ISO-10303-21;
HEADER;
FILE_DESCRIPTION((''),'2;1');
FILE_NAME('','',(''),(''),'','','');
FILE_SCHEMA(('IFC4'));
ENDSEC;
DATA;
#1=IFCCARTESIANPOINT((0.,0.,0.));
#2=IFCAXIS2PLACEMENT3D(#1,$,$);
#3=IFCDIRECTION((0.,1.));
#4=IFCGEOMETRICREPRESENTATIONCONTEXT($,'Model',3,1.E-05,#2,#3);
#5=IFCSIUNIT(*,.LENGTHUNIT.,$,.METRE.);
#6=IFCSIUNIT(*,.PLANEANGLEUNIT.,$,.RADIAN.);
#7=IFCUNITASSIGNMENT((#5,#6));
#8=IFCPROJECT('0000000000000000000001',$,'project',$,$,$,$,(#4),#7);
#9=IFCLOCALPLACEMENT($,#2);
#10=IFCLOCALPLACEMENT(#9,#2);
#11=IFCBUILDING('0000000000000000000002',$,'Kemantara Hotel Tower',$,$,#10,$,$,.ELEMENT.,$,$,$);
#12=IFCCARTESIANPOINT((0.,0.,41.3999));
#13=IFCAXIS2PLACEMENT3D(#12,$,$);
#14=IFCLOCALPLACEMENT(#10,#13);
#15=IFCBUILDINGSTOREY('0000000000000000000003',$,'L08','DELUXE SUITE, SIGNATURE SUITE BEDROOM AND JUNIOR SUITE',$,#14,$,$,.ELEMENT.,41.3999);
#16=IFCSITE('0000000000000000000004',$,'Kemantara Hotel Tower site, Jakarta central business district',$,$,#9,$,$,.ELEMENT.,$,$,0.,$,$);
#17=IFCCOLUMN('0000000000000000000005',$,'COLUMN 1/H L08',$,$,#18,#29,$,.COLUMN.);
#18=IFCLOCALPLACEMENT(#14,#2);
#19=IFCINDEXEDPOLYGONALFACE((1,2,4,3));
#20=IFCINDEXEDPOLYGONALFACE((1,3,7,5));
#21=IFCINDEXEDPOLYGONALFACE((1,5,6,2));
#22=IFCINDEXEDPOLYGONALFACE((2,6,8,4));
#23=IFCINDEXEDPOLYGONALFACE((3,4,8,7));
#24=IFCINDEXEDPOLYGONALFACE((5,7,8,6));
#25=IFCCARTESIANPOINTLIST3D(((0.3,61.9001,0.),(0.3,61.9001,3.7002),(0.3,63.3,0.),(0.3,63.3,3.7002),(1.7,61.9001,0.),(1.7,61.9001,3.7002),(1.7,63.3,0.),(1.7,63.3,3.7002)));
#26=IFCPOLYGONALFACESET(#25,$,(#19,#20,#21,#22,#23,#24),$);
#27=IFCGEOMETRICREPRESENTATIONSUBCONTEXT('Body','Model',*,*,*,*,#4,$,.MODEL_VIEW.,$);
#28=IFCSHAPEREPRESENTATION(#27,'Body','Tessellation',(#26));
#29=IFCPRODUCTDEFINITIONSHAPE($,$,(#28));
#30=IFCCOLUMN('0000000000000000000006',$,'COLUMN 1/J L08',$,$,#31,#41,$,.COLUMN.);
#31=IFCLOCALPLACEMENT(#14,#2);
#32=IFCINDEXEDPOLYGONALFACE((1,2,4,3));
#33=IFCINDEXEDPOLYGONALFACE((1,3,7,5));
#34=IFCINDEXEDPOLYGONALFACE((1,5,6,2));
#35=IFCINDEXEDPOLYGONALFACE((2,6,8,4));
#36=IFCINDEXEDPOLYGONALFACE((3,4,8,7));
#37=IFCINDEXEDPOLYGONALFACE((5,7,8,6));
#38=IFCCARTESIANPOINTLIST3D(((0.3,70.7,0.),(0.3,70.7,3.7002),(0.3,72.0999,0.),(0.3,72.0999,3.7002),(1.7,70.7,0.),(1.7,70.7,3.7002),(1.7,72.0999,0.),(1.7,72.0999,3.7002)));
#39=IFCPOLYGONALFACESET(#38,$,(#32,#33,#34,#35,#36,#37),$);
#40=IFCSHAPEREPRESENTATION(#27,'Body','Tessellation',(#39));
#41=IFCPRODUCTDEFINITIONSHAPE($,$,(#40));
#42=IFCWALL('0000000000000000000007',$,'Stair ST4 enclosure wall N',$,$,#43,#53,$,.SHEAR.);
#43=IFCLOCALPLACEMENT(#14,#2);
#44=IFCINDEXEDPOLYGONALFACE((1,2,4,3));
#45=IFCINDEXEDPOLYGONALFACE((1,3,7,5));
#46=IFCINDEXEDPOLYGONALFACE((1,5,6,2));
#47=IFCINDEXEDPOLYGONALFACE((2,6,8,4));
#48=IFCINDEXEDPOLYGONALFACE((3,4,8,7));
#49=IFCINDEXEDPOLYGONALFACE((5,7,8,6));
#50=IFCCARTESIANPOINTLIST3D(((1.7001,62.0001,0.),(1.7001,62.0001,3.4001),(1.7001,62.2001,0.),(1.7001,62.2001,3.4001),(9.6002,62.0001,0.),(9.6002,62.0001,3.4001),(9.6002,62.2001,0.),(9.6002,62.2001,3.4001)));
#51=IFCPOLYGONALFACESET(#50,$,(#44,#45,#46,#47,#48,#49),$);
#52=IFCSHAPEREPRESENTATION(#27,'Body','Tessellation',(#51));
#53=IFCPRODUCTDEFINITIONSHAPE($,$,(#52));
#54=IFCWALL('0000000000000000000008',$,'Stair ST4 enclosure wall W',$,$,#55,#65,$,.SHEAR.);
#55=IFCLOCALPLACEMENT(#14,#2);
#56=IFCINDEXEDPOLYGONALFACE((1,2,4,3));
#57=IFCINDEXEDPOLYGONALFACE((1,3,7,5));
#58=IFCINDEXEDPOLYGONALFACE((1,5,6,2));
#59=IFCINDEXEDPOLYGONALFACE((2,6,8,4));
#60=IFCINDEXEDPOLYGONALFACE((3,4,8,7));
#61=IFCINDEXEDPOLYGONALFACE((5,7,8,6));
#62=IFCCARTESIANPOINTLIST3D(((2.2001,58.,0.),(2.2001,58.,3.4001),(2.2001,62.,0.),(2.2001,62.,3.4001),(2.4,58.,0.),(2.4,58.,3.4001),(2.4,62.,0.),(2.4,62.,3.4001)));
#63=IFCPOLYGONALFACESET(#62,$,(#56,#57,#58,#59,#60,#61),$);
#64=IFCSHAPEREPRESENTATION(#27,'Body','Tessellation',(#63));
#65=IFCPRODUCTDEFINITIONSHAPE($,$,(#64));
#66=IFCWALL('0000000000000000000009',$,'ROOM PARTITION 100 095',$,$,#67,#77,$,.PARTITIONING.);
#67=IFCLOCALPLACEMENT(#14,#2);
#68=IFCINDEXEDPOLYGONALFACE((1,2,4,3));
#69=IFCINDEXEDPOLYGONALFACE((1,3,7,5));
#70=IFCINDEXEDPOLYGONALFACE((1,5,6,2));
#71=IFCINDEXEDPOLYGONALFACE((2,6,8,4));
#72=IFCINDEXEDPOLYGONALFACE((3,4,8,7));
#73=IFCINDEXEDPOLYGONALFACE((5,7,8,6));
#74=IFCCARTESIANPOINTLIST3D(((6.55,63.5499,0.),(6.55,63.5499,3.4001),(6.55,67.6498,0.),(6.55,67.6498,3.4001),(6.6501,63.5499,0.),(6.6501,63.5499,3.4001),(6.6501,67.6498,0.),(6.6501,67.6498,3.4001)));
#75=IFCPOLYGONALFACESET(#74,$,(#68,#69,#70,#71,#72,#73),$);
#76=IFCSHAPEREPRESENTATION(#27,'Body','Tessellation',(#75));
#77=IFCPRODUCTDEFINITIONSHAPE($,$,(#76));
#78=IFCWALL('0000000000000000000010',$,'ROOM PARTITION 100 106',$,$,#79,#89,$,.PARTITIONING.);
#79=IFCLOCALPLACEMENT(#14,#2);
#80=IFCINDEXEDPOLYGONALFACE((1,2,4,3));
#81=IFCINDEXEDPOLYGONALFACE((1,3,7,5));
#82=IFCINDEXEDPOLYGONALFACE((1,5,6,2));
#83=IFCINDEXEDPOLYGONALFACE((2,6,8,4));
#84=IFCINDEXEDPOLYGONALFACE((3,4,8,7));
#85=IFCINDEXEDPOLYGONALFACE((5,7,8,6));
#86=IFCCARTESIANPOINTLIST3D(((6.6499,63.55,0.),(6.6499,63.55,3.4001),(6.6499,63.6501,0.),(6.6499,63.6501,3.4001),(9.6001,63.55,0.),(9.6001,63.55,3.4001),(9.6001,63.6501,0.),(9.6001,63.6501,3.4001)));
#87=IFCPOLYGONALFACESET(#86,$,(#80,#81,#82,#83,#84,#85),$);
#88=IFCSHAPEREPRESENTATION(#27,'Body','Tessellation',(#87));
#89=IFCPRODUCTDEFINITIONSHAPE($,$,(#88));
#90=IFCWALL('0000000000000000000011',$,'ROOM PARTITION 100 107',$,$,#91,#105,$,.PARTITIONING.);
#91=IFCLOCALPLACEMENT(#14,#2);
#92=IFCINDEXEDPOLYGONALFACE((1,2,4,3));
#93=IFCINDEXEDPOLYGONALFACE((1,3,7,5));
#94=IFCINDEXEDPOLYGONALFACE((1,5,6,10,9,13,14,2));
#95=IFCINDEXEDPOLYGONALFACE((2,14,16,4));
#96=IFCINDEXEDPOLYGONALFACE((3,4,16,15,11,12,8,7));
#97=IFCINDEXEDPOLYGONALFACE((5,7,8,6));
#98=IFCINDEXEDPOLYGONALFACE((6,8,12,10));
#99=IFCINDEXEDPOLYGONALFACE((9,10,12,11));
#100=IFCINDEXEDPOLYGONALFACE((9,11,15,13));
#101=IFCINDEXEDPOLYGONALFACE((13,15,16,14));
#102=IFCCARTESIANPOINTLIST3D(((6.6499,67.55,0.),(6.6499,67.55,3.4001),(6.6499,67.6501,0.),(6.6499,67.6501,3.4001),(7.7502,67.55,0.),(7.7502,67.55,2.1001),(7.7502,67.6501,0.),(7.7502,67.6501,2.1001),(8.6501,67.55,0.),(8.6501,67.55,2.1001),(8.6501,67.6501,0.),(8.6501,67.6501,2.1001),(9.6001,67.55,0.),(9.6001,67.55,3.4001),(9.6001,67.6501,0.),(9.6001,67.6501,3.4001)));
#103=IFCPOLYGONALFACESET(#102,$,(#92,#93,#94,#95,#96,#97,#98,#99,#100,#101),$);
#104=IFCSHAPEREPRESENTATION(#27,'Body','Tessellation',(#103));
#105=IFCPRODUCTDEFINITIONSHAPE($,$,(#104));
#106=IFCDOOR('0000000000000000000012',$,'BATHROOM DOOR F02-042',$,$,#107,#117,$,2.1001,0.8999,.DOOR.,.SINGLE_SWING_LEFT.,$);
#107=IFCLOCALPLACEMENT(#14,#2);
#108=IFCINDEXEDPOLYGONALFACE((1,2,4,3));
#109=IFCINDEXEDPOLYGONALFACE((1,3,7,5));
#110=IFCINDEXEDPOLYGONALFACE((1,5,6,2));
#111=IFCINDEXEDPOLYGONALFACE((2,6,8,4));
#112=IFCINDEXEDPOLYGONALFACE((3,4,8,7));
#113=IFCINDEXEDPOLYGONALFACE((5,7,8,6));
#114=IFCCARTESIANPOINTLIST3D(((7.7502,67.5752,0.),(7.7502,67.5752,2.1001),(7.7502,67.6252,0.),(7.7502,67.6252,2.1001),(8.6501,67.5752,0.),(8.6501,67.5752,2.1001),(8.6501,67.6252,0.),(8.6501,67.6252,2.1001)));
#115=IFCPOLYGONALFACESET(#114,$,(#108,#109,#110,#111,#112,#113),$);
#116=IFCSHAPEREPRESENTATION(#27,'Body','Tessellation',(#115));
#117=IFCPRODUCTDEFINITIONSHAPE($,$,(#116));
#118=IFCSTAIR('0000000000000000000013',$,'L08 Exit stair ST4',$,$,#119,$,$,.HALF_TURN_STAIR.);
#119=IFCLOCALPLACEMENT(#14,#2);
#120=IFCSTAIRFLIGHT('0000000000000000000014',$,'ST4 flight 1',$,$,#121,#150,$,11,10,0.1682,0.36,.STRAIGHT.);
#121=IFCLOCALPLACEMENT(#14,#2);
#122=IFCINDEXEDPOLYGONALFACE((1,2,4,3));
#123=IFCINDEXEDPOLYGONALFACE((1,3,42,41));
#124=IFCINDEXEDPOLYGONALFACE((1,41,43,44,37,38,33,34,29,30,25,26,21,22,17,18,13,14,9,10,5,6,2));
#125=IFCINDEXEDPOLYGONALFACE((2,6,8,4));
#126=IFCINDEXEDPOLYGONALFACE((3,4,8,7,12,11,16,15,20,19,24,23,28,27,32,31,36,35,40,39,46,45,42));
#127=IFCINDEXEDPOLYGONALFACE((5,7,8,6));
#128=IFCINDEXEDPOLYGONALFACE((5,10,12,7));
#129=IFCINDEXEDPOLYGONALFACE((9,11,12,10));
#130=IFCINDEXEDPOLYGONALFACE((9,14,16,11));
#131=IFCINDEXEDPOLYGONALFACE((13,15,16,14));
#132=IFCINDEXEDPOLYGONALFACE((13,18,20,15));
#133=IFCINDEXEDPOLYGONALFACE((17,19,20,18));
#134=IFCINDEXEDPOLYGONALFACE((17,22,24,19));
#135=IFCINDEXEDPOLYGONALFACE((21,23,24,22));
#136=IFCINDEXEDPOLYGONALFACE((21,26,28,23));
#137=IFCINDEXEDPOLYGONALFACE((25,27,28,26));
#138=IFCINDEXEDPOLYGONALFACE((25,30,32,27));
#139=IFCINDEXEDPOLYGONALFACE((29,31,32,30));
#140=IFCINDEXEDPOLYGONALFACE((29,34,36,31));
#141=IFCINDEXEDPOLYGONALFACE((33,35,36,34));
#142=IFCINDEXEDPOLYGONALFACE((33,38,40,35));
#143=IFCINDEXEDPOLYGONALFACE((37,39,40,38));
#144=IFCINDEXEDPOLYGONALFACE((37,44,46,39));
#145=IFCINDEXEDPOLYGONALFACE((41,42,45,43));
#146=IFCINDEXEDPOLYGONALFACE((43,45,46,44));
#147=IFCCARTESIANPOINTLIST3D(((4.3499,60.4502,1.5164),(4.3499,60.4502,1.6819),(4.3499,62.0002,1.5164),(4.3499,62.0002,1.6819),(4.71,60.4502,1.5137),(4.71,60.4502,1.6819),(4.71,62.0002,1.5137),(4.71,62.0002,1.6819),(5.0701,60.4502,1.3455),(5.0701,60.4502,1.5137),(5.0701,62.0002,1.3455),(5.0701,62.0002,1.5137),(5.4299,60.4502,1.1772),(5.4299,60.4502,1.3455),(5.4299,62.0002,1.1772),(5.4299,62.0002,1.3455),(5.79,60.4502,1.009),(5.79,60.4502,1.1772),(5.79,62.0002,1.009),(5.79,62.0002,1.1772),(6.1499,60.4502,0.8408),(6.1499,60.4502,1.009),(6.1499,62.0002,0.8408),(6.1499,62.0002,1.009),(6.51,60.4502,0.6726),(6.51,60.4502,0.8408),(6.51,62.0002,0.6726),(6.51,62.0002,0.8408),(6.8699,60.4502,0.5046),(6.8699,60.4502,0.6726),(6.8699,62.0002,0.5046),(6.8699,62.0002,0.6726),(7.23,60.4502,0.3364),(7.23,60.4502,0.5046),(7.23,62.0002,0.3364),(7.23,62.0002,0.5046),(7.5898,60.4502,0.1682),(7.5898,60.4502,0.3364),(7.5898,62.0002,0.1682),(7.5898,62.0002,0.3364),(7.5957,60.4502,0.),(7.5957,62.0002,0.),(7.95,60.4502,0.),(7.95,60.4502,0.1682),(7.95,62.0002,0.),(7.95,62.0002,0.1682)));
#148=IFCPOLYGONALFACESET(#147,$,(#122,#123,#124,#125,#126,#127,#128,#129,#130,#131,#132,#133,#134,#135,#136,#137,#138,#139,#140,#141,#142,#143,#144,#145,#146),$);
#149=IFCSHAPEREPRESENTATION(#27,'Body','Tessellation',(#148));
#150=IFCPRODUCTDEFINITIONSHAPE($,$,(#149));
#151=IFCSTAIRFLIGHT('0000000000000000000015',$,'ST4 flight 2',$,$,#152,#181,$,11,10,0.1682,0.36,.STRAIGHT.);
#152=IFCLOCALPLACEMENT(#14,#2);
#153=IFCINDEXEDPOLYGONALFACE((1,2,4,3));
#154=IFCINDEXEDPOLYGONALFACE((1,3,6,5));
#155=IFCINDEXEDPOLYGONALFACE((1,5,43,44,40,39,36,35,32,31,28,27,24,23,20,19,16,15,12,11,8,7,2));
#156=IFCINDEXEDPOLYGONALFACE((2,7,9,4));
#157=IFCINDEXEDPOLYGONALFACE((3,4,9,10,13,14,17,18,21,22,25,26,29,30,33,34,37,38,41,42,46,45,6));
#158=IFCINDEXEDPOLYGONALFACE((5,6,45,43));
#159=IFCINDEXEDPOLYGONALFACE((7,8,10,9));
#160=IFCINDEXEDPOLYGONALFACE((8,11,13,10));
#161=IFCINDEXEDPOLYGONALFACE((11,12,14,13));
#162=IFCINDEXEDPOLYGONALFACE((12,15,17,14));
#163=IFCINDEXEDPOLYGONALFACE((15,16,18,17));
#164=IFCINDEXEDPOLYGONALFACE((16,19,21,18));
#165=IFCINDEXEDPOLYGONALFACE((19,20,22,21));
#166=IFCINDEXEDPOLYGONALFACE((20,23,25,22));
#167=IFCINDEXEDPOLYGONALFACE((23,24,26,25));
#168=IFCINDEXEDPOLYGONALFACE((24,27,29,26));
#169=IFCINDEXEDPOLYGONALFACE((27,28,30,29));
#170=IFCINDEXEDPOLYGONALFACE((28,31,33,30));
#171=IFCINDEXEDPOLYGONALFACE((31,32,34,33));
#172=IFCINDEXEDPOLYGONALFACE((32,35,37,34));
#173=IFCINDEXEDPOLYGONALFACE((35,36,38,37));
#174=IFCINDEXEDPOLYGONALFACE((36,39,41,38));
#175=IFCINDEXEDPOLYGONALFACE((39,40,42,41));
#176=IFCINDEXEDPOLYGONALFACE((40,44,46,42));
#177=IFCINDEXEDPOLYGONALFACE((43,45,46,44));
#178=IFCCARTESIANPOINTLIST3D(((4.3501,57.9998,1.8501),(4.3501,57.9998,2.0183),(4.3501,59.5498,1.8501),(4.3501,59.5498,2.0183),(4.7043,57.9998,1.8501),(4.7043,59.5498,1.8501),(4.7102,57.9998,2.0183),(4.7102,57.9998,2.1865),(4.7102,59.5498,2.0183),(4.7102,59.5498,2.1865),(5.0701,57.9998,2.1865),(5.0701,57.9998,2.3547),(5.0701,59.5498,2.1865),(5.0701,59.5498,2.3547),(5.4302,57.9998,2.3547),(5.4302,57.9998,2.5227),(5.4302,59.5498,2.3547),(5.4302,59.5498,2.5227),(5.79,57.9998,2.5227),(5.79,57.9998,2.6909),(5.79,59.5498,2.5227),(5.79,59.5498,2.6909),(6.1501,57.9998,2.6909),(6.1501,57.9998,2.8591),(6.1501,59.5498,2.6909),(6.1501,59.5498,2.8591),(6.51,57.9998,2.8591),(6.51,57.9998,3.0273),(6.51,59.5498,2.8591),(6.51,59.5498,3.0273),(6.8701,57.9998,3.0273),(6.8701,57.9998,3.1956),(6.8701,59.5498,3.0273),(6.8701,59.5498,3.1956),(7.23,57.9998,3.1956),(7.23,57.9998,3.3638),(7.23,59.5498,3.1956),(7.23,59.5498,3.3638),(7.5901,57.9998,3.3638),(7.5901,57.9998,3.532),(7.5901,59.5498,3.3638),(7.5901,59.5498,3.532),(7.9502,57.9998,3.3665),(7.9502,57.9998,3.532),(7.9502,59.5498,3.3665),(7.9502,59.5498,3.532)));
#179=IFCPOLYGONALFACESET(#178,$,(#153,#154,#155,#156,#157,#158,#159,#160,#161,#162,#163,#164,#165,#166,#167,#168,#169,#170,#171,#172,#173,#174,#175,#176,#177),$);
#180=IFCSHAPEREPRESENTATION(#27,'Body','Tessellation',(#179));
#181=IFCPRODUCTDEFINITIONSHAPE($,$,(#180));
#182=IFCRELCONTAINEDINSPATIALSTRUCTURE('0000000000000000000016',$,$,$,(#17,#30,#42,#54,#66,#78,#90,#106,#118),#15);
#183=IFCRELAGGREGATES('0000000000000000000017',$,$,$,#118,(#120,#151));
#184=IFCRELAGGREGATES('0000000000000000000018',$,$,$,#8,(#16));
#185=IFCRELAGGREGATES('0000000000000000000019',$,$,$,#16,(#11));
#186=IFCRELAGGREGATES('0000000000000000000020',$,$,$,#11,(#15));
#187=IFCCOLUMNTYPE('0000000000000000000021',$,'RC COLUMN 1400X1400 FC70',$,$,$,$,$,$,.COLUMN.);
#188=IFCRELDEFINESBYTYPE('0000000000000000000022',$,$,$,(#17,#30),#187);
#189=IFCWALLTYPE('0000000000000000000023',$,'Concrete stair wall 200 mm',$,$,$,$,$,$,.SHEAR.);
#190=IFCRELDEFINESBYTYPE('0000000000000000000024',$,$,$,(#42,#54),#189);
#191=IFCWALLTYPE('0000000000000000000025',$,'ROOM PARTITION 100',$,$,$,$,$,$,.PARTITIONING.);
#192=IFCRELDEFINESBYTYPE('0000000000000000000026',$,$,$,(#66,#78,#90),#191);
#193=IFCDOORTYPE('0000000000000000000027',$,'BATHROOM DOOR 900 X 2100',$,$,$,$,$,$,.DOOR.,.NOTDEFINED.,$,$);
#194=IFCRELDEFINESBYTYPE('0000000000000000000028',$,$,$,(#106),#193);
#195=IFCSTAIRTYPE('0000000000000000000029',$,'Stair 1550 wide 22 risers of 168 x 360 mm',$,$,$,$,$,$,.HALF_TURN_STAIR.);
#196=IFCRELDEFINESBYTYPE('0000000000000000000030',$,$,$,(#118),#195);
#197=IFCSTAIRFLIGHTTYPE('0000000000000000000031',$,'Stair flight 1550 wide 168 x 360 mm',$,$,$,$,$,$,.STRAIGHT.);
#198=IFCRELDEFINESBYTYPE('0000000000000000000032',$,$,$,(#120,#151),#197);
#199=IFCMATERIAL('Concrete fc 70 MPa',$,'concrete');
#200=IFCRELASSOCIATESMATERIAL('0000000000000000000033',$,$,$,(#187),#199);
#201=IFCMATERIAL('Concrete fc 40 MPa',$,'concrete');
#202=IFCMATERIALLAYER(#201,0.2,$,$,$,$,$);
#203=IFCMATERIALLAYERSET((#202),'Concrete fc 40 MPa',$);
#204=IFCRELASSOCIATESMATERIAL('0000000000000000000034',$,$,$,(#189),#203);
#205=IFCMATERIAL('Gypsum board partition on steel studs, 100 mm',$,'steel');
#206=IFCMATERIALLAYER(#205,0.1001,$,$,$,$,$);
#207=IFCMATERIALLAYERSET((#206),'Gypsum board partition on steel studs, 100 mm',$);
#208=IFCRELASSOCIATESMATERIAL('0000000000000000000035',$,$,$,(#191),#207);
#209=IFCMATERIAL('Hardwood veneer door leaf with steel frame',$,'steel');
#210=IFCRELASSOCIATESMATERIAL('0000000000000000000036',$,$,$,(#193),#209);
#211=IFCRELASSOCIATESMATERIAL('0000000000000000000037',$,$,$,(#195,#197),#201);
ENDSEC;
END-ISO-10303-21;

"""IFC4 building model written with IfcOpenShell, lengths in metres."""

from ifc_helpers import new_model, si_unit, direction, frame, frame_2d, origin, origin_2d, place, context, subcontext, project, spatial, polyline, rectangle, outline, extrude, material, layer, layer_set, material_profile, profile_set, type_object, element, fill, aggregate, save


model = new_model("IFC4")

# Units and contexts
model_context = context("Model", 3, precision=1e-05, world=origin(), true_north=direction((0.0, 1.0)))
body_context = subcontext(model_context, "Body", "Model", "MODEL_VIEW")
ifc_project = project(units=[si_unit("LENGTHUNIT", "METRE"), si_unit("PLANEANGLEUNIT", "RADIAN")], contexts=[model_context])

# Site, building, storey
site_placement = place(None, origin())
site = spatial("IfcSite", under=ifc_project, at=site_placement, Name="Kemantara Hotel Tower site, Jakarta central business district", CompositionType="ELEMENT", RefElevation=0.0)
building_placement = place(site_placement, origin())
building = spatial("IfcBuilding", under=site, at=building_placement, Name="Kemantara Hotel Tower", CompositionType="ELEMENT")
storey_placement = place(building_placement, frame((0.0, 0.0, 41.3999)))
storey = spatial("IfcBuildingStorey", under=building, at=storey_placement, Name="L08", Description="DELUXE SUITE, SIGNATURE SUITE BEDROOM AND JUNIOR SUITE", CompositionType="ELEMENT", Elevation=41.3999)

# Columns
ifc_material_1 = material(Name="Concrete fc 70 MPa", Category="concrete")
ifc_material_profile = material_profile(ifc_material_1, rectangle(XDim=1.3999, YDim=1.3999, at=origin_2d()), Name="RC 1400X1400")
ifc_profile_set = profile_set([ifc_material_profile], Name="Concrete fc 70 MPa")
column_type = type_object("IfcColumnType", Name="RC COLUMN 1400X1400 FC70", PredefinedType="COLUMN", material=ifc_profile_set)
for number, where, z_axis, x_axis, name in (
    (1, (1.0, 62.6001, 0.0), (0.0, 0.0, 1.0), (1.0, 0.0, 0.0), "COLUMN 1/H L08"),
    (2, (1.0, 71.3999, 0.0), (0.0, 0.0, 1.0), (1.0, 0.0, 0.0), "COLUMN 1/J L08"),
):
    element("IfcColumn", number, at=place(storey_placement, frame(where, z_axis=z_axis, x_axis=x_axis)), inside=storey, type_object=column_type, Name=name, PredefinedType="COLUMN", context=body_context, shape_type="SweptSolid", body=[
        extrude(rectangle(XDim=1.3999, YDim=1.3999, at=origin_2d()), origin(), (0.0, 0.0, 1.0), 3.7002),
    ])

# Walls
ifc_material_2 = material(Name="Concrete fc 40 MPa", Category="concrete")
ifc_layer_1 = layer(ifc_material_2, 0.2)
ifc_layer_set_1 = layer_set([ifc_layer_1], Name="Concrete fc 40 MPa")
wall_type_1 = type_object("IfcWallType", Name="Concrete stair wall 200 mm", PredefinedType="SHEAR", material=ifc_layer_set_1)
wall_1_placement = place(storey_placement, frame((1.7, 62.1001, 0.0), z_axis=(0.0, 0.0, 1.0), x_axis=(1.0, 0.0, 0.0)))
element("IfcWall", 3, at=wall_1_placement, inside=storey, type_object=wall_type_1, Name="Stair ST4 enclosure wall N", PredefinedType="SHEAR", context=body_context, shape_type="SweptSolid", body=[
    extrude(rectangle(XDim=7.9001, YDim=0.2, at=frame_2d((3.9502, 0.0))), origin(), (0.0, 0.0, 1.0), 3.4001),
])
wall_2_placement = place(storey_placement, frame((2.3, 58.0, 0.0), z_axis=(0.0, 0.0, 1.0), x_axis=(0.0, 1.0, 0.0)))
element("IfcWall", 4, at=wall_2_placement, inside=storey, type_object=wall_type_1, Name="Stair ST4 enclosure wall W", PredefinedType="SHEAR", context=body_context, shape_type="SweptSolid", body=[
    extrude(rectangle(XDim=4.0, YDim=0.2, at=frame_2d((2.0, 0.0))), origin(), (0.0, 0.0, 1.0), 3.4001),
])
ifc_material_3 = material(Name="Gypsum board partition on steel studs, 100 mm", Category="steel")
ifc_layer_2 = layer(ifc_material_3, 0.1001)
ifc_layer_set_2 = layer_set([ifc_layer_2], Name="Gypsum board partition on steel studs, 100 mm")
wall_type_2 = type_object("IfcWallType", Name="ROOM PARTITION 100", PredefinedType="PARTITIONING", material=ifc_layer_set_2)
wall_3_placement = place(storey_placement, frame((6.6001, 63.55, 0.0), z_axis=(0.0, 0.0, 1.0), x_axis=(0.0, 1.0, 0.0)))
element("IfcWall", 5, at=wall_3_placement, inside=storey, type_object=wall_type_2, Name="ROOM PARTITION 100 095", PredefinedType="PARTITIONING", context=body_context, shape_type="SweptSolid", body=[
    extrude(rectangle(XDim=4.0999, YDim=0.1001, at=frame_2d((2.0498, 0.0))), origin(), (0.0, 0.0, 1.0), 3.4001),
])
wall_4_placement = place(storey_placement, frame((6.6499, 63.6001, 0.0), z_axis=(0.0, 0.0, 1.0), x_axis=(1.0, 0.0, 0.0)))
element("IfcWall", 6, at=wall_4_placement, inside=storey, type_object=wall_type_2, Name="ROOM PARTITION 100 106", PredefinedType="PARTITIONING", context=body_context, shape_type="SweptSolid", body=[
    extrude(rectangle(XDim=2.9502, YDim=0.1001, at=frame_2d((1.4751, 0.0))), origin(), (0.0, 0.0, 1.0), 3.4001),
])

# Wall, opening, door
wall_5_placement = place(storey_placement, frame((9.6001, 67.6001, 0.0), z_axis=(0.0, 0.0, 1.0), x_axis=(-1.0, 0.0, 0.0)))
wall_5 = element("IfcWall", 7, at=wall_5_placement, inside=storey, type_object=wall_type_2, Name="ROOM PARTITION 100 107", PredefinedType="PARTITIONING", context=body_context, shape_type="SweptSolid", body=[
    extrude(rectangle(XDim=2.9502, YDim=0.1001, at=frame_2d((1.4751, 0.0))), origin(), (0.0, 0.0, 1.0), 3.4001),
])
opening_placement = place(wall_5_placement, frame((0.95, 0.0, 0.0)))
opening = element("IfcOpeningElement", 8, at=opening_placement, cuts=wall_5, PredefinedType="OPENING", context=body_context, shape_type="SweptSolid", body=[
    extrude(rectangle(XDim=0.8999, YDim=2.1001, at=frame_2d((0.45, 1.05))), frame((0.0, 0.0601, 0.0), z_axis=(0.0, -1.0, 0.0), x_axis=(1.0, 0.0, 0.0)), (0.0, 0.0, 1.0), 0.1201),
])
ifc_material_4 = material(Name="Hardwood veneer door leaf with steel frame", Category="steel")
door_type = type_object("IfcDoorType", Name="BATHROOM DOOR 900 X 2100", OperationType="NOTDEFINED", PredefinedType="DOOR", material=ifc_material_4)
door_placement = place(opening_placement, origin())
door = element("IfcDoor", 9, at=door_placement, inside=storey, type_object=door_type, Name="BATHROOM DOOR F02-042", OperationType="SINGLE_SWING_LEFT", OverallHeight=2.1001, OverallWidth=0.8999, PredefinedType="DOOR", context=body_context, shape_type="SweptSolid", body=[
    extrude(rectangle(XDim=0.8999, YDim=2.1001, at=frame_2d((0.45, 1.05))), frame((0.0, 0.0249, 0.0), z_axis=(0.0, -1.0, 0.0), x_axis=(1.0, 0.0, 0.0)), (0.0, 0.0, 1.0), 0.05),
])
fill(opening, door)

# Stair, stair flights
stair_type = type_object("IfcStairType", Name="Stair 1550 wide 22 risers of 168 x 360 mm", PredefinedType="HALF_TURN_STAIR", material=ifc_material_2)
stair_placement = place(storey_placement, origin())
stair = element("IfcStair", 10, at=stair_placement, inside=storey, type_object=stair_type, Name="L08 Exit stair ST4", PredefinedType="HALF_TURN_STAIR")
stair_flight_type = type_object("IfcStairFlightType", Name="Stair flight 1550 wide 168 x 360 mm", PredefinedType="STRAIGHT", material=ifc_material_2)
stair_flight_1_placement = place(storey_placement, frame((7.95, 61.2251, 0.0), z_axis=(0.0, 0.0, 1.0), x_axis=(-1.0, 0.0, 0.0)))
stair_flight_1 = element("IfcStairFlight", 11, at=stair_flight_1_placement, type_object=stair_flight_type, Name="ST4 flight 1", NumberOfRisers=11, NumberOfTreads=10, PredefinedType="STRAIGHT", RiserHeight=0.1682, TreadLength=0.36, context=body_context, shape_type="SweptSolid", body=[
    extrude(outline(polyline([(0.0, 0.0), (0.0, 0.1682), (0.3601, 0.1682), (0.3601, 0.3364), (0.72, 0.3364), (0.72, 0.5046), (1.0801, 0.5046), (1.0801, 0.6726), (1.4399, 0.6726), (1.4399, 0.8408), (1.8, 0.8408), (1.8, 1.009), (2.1599, 1.009), (2.1599, 1.1772), (2.52, 1.1772), (2.52, 1.3455), (2.8799, 1.3455), (2.8799, 1.5137), (3.24, 1.5137), (3.24, 1.6819), (3.6001, 1.6819), (3.6001, 1.8501), (3.6001, 1.5164), (0.3542, 0.0), (0.0, 0.0)])), frame((0.0, 0.7749, 0.0), z_axis=(0.0, -1.0, 0.0), x_axis=(1.0, 0.0, 0.0)), (0.0, 0.0, 1.0), 1.55),
])
stair_flight_2_placement = place(storey_placement, frame((4.3501, 58.7749, 1.8501), z_axis=(0.0, 0.0, 1.0), x_axis=(1.0, 0.0, 0.0)))
stair_flight_2 = element("IfcStairFlight", 12, at=stair_flight_2_placement, type_object=stair_flight_type, Name="ST4 flight 2", NumberOfRisers=11, NumberOfTreads=10, PredefinedType="STRAIGHT", RiserHeight=0.1682, TreadLength=0.36, context=body_context, shape_type="SweptSolid", body=[
    extrude(outline(polyline([(0.0, 0.0), (0.0, 0.1682), (0.3601, 0.1682), (0.3601, 0.3364), (0.72, 0.3364), (0.72, 0.5046), (1.0801, 0.5046), (1.0801, 0.6726), (1.4399, 0.6726), (1.4399, 0.8408), (1.8, 0.8408), (1.8, 1.009), (2.1599, 1.009), (2.1599, 1.1772), (2.52, 1.1772), (2.52, 1.3455), (2.8799, 1.3455), (2.8799, 1.5137), (3.24, 1.5137), (3.24, 1.6819), (3.6001, 1.6819), (3.6001, 1.8501), (3.6001, 1.5164), (0.3542, 0.0), (0.0, 0.0)])), frame((0.0, 0.7749, 0.0), z_axis=(0.0, -1.0, 0.0), x_axis=(1.0, 0.0, 0.0)), (0.0, 0.0, 1.0), 1.55),
])
aggregate(stair, [stair_flight_1, stair_flight_2])

save(model, "model.ifc")
